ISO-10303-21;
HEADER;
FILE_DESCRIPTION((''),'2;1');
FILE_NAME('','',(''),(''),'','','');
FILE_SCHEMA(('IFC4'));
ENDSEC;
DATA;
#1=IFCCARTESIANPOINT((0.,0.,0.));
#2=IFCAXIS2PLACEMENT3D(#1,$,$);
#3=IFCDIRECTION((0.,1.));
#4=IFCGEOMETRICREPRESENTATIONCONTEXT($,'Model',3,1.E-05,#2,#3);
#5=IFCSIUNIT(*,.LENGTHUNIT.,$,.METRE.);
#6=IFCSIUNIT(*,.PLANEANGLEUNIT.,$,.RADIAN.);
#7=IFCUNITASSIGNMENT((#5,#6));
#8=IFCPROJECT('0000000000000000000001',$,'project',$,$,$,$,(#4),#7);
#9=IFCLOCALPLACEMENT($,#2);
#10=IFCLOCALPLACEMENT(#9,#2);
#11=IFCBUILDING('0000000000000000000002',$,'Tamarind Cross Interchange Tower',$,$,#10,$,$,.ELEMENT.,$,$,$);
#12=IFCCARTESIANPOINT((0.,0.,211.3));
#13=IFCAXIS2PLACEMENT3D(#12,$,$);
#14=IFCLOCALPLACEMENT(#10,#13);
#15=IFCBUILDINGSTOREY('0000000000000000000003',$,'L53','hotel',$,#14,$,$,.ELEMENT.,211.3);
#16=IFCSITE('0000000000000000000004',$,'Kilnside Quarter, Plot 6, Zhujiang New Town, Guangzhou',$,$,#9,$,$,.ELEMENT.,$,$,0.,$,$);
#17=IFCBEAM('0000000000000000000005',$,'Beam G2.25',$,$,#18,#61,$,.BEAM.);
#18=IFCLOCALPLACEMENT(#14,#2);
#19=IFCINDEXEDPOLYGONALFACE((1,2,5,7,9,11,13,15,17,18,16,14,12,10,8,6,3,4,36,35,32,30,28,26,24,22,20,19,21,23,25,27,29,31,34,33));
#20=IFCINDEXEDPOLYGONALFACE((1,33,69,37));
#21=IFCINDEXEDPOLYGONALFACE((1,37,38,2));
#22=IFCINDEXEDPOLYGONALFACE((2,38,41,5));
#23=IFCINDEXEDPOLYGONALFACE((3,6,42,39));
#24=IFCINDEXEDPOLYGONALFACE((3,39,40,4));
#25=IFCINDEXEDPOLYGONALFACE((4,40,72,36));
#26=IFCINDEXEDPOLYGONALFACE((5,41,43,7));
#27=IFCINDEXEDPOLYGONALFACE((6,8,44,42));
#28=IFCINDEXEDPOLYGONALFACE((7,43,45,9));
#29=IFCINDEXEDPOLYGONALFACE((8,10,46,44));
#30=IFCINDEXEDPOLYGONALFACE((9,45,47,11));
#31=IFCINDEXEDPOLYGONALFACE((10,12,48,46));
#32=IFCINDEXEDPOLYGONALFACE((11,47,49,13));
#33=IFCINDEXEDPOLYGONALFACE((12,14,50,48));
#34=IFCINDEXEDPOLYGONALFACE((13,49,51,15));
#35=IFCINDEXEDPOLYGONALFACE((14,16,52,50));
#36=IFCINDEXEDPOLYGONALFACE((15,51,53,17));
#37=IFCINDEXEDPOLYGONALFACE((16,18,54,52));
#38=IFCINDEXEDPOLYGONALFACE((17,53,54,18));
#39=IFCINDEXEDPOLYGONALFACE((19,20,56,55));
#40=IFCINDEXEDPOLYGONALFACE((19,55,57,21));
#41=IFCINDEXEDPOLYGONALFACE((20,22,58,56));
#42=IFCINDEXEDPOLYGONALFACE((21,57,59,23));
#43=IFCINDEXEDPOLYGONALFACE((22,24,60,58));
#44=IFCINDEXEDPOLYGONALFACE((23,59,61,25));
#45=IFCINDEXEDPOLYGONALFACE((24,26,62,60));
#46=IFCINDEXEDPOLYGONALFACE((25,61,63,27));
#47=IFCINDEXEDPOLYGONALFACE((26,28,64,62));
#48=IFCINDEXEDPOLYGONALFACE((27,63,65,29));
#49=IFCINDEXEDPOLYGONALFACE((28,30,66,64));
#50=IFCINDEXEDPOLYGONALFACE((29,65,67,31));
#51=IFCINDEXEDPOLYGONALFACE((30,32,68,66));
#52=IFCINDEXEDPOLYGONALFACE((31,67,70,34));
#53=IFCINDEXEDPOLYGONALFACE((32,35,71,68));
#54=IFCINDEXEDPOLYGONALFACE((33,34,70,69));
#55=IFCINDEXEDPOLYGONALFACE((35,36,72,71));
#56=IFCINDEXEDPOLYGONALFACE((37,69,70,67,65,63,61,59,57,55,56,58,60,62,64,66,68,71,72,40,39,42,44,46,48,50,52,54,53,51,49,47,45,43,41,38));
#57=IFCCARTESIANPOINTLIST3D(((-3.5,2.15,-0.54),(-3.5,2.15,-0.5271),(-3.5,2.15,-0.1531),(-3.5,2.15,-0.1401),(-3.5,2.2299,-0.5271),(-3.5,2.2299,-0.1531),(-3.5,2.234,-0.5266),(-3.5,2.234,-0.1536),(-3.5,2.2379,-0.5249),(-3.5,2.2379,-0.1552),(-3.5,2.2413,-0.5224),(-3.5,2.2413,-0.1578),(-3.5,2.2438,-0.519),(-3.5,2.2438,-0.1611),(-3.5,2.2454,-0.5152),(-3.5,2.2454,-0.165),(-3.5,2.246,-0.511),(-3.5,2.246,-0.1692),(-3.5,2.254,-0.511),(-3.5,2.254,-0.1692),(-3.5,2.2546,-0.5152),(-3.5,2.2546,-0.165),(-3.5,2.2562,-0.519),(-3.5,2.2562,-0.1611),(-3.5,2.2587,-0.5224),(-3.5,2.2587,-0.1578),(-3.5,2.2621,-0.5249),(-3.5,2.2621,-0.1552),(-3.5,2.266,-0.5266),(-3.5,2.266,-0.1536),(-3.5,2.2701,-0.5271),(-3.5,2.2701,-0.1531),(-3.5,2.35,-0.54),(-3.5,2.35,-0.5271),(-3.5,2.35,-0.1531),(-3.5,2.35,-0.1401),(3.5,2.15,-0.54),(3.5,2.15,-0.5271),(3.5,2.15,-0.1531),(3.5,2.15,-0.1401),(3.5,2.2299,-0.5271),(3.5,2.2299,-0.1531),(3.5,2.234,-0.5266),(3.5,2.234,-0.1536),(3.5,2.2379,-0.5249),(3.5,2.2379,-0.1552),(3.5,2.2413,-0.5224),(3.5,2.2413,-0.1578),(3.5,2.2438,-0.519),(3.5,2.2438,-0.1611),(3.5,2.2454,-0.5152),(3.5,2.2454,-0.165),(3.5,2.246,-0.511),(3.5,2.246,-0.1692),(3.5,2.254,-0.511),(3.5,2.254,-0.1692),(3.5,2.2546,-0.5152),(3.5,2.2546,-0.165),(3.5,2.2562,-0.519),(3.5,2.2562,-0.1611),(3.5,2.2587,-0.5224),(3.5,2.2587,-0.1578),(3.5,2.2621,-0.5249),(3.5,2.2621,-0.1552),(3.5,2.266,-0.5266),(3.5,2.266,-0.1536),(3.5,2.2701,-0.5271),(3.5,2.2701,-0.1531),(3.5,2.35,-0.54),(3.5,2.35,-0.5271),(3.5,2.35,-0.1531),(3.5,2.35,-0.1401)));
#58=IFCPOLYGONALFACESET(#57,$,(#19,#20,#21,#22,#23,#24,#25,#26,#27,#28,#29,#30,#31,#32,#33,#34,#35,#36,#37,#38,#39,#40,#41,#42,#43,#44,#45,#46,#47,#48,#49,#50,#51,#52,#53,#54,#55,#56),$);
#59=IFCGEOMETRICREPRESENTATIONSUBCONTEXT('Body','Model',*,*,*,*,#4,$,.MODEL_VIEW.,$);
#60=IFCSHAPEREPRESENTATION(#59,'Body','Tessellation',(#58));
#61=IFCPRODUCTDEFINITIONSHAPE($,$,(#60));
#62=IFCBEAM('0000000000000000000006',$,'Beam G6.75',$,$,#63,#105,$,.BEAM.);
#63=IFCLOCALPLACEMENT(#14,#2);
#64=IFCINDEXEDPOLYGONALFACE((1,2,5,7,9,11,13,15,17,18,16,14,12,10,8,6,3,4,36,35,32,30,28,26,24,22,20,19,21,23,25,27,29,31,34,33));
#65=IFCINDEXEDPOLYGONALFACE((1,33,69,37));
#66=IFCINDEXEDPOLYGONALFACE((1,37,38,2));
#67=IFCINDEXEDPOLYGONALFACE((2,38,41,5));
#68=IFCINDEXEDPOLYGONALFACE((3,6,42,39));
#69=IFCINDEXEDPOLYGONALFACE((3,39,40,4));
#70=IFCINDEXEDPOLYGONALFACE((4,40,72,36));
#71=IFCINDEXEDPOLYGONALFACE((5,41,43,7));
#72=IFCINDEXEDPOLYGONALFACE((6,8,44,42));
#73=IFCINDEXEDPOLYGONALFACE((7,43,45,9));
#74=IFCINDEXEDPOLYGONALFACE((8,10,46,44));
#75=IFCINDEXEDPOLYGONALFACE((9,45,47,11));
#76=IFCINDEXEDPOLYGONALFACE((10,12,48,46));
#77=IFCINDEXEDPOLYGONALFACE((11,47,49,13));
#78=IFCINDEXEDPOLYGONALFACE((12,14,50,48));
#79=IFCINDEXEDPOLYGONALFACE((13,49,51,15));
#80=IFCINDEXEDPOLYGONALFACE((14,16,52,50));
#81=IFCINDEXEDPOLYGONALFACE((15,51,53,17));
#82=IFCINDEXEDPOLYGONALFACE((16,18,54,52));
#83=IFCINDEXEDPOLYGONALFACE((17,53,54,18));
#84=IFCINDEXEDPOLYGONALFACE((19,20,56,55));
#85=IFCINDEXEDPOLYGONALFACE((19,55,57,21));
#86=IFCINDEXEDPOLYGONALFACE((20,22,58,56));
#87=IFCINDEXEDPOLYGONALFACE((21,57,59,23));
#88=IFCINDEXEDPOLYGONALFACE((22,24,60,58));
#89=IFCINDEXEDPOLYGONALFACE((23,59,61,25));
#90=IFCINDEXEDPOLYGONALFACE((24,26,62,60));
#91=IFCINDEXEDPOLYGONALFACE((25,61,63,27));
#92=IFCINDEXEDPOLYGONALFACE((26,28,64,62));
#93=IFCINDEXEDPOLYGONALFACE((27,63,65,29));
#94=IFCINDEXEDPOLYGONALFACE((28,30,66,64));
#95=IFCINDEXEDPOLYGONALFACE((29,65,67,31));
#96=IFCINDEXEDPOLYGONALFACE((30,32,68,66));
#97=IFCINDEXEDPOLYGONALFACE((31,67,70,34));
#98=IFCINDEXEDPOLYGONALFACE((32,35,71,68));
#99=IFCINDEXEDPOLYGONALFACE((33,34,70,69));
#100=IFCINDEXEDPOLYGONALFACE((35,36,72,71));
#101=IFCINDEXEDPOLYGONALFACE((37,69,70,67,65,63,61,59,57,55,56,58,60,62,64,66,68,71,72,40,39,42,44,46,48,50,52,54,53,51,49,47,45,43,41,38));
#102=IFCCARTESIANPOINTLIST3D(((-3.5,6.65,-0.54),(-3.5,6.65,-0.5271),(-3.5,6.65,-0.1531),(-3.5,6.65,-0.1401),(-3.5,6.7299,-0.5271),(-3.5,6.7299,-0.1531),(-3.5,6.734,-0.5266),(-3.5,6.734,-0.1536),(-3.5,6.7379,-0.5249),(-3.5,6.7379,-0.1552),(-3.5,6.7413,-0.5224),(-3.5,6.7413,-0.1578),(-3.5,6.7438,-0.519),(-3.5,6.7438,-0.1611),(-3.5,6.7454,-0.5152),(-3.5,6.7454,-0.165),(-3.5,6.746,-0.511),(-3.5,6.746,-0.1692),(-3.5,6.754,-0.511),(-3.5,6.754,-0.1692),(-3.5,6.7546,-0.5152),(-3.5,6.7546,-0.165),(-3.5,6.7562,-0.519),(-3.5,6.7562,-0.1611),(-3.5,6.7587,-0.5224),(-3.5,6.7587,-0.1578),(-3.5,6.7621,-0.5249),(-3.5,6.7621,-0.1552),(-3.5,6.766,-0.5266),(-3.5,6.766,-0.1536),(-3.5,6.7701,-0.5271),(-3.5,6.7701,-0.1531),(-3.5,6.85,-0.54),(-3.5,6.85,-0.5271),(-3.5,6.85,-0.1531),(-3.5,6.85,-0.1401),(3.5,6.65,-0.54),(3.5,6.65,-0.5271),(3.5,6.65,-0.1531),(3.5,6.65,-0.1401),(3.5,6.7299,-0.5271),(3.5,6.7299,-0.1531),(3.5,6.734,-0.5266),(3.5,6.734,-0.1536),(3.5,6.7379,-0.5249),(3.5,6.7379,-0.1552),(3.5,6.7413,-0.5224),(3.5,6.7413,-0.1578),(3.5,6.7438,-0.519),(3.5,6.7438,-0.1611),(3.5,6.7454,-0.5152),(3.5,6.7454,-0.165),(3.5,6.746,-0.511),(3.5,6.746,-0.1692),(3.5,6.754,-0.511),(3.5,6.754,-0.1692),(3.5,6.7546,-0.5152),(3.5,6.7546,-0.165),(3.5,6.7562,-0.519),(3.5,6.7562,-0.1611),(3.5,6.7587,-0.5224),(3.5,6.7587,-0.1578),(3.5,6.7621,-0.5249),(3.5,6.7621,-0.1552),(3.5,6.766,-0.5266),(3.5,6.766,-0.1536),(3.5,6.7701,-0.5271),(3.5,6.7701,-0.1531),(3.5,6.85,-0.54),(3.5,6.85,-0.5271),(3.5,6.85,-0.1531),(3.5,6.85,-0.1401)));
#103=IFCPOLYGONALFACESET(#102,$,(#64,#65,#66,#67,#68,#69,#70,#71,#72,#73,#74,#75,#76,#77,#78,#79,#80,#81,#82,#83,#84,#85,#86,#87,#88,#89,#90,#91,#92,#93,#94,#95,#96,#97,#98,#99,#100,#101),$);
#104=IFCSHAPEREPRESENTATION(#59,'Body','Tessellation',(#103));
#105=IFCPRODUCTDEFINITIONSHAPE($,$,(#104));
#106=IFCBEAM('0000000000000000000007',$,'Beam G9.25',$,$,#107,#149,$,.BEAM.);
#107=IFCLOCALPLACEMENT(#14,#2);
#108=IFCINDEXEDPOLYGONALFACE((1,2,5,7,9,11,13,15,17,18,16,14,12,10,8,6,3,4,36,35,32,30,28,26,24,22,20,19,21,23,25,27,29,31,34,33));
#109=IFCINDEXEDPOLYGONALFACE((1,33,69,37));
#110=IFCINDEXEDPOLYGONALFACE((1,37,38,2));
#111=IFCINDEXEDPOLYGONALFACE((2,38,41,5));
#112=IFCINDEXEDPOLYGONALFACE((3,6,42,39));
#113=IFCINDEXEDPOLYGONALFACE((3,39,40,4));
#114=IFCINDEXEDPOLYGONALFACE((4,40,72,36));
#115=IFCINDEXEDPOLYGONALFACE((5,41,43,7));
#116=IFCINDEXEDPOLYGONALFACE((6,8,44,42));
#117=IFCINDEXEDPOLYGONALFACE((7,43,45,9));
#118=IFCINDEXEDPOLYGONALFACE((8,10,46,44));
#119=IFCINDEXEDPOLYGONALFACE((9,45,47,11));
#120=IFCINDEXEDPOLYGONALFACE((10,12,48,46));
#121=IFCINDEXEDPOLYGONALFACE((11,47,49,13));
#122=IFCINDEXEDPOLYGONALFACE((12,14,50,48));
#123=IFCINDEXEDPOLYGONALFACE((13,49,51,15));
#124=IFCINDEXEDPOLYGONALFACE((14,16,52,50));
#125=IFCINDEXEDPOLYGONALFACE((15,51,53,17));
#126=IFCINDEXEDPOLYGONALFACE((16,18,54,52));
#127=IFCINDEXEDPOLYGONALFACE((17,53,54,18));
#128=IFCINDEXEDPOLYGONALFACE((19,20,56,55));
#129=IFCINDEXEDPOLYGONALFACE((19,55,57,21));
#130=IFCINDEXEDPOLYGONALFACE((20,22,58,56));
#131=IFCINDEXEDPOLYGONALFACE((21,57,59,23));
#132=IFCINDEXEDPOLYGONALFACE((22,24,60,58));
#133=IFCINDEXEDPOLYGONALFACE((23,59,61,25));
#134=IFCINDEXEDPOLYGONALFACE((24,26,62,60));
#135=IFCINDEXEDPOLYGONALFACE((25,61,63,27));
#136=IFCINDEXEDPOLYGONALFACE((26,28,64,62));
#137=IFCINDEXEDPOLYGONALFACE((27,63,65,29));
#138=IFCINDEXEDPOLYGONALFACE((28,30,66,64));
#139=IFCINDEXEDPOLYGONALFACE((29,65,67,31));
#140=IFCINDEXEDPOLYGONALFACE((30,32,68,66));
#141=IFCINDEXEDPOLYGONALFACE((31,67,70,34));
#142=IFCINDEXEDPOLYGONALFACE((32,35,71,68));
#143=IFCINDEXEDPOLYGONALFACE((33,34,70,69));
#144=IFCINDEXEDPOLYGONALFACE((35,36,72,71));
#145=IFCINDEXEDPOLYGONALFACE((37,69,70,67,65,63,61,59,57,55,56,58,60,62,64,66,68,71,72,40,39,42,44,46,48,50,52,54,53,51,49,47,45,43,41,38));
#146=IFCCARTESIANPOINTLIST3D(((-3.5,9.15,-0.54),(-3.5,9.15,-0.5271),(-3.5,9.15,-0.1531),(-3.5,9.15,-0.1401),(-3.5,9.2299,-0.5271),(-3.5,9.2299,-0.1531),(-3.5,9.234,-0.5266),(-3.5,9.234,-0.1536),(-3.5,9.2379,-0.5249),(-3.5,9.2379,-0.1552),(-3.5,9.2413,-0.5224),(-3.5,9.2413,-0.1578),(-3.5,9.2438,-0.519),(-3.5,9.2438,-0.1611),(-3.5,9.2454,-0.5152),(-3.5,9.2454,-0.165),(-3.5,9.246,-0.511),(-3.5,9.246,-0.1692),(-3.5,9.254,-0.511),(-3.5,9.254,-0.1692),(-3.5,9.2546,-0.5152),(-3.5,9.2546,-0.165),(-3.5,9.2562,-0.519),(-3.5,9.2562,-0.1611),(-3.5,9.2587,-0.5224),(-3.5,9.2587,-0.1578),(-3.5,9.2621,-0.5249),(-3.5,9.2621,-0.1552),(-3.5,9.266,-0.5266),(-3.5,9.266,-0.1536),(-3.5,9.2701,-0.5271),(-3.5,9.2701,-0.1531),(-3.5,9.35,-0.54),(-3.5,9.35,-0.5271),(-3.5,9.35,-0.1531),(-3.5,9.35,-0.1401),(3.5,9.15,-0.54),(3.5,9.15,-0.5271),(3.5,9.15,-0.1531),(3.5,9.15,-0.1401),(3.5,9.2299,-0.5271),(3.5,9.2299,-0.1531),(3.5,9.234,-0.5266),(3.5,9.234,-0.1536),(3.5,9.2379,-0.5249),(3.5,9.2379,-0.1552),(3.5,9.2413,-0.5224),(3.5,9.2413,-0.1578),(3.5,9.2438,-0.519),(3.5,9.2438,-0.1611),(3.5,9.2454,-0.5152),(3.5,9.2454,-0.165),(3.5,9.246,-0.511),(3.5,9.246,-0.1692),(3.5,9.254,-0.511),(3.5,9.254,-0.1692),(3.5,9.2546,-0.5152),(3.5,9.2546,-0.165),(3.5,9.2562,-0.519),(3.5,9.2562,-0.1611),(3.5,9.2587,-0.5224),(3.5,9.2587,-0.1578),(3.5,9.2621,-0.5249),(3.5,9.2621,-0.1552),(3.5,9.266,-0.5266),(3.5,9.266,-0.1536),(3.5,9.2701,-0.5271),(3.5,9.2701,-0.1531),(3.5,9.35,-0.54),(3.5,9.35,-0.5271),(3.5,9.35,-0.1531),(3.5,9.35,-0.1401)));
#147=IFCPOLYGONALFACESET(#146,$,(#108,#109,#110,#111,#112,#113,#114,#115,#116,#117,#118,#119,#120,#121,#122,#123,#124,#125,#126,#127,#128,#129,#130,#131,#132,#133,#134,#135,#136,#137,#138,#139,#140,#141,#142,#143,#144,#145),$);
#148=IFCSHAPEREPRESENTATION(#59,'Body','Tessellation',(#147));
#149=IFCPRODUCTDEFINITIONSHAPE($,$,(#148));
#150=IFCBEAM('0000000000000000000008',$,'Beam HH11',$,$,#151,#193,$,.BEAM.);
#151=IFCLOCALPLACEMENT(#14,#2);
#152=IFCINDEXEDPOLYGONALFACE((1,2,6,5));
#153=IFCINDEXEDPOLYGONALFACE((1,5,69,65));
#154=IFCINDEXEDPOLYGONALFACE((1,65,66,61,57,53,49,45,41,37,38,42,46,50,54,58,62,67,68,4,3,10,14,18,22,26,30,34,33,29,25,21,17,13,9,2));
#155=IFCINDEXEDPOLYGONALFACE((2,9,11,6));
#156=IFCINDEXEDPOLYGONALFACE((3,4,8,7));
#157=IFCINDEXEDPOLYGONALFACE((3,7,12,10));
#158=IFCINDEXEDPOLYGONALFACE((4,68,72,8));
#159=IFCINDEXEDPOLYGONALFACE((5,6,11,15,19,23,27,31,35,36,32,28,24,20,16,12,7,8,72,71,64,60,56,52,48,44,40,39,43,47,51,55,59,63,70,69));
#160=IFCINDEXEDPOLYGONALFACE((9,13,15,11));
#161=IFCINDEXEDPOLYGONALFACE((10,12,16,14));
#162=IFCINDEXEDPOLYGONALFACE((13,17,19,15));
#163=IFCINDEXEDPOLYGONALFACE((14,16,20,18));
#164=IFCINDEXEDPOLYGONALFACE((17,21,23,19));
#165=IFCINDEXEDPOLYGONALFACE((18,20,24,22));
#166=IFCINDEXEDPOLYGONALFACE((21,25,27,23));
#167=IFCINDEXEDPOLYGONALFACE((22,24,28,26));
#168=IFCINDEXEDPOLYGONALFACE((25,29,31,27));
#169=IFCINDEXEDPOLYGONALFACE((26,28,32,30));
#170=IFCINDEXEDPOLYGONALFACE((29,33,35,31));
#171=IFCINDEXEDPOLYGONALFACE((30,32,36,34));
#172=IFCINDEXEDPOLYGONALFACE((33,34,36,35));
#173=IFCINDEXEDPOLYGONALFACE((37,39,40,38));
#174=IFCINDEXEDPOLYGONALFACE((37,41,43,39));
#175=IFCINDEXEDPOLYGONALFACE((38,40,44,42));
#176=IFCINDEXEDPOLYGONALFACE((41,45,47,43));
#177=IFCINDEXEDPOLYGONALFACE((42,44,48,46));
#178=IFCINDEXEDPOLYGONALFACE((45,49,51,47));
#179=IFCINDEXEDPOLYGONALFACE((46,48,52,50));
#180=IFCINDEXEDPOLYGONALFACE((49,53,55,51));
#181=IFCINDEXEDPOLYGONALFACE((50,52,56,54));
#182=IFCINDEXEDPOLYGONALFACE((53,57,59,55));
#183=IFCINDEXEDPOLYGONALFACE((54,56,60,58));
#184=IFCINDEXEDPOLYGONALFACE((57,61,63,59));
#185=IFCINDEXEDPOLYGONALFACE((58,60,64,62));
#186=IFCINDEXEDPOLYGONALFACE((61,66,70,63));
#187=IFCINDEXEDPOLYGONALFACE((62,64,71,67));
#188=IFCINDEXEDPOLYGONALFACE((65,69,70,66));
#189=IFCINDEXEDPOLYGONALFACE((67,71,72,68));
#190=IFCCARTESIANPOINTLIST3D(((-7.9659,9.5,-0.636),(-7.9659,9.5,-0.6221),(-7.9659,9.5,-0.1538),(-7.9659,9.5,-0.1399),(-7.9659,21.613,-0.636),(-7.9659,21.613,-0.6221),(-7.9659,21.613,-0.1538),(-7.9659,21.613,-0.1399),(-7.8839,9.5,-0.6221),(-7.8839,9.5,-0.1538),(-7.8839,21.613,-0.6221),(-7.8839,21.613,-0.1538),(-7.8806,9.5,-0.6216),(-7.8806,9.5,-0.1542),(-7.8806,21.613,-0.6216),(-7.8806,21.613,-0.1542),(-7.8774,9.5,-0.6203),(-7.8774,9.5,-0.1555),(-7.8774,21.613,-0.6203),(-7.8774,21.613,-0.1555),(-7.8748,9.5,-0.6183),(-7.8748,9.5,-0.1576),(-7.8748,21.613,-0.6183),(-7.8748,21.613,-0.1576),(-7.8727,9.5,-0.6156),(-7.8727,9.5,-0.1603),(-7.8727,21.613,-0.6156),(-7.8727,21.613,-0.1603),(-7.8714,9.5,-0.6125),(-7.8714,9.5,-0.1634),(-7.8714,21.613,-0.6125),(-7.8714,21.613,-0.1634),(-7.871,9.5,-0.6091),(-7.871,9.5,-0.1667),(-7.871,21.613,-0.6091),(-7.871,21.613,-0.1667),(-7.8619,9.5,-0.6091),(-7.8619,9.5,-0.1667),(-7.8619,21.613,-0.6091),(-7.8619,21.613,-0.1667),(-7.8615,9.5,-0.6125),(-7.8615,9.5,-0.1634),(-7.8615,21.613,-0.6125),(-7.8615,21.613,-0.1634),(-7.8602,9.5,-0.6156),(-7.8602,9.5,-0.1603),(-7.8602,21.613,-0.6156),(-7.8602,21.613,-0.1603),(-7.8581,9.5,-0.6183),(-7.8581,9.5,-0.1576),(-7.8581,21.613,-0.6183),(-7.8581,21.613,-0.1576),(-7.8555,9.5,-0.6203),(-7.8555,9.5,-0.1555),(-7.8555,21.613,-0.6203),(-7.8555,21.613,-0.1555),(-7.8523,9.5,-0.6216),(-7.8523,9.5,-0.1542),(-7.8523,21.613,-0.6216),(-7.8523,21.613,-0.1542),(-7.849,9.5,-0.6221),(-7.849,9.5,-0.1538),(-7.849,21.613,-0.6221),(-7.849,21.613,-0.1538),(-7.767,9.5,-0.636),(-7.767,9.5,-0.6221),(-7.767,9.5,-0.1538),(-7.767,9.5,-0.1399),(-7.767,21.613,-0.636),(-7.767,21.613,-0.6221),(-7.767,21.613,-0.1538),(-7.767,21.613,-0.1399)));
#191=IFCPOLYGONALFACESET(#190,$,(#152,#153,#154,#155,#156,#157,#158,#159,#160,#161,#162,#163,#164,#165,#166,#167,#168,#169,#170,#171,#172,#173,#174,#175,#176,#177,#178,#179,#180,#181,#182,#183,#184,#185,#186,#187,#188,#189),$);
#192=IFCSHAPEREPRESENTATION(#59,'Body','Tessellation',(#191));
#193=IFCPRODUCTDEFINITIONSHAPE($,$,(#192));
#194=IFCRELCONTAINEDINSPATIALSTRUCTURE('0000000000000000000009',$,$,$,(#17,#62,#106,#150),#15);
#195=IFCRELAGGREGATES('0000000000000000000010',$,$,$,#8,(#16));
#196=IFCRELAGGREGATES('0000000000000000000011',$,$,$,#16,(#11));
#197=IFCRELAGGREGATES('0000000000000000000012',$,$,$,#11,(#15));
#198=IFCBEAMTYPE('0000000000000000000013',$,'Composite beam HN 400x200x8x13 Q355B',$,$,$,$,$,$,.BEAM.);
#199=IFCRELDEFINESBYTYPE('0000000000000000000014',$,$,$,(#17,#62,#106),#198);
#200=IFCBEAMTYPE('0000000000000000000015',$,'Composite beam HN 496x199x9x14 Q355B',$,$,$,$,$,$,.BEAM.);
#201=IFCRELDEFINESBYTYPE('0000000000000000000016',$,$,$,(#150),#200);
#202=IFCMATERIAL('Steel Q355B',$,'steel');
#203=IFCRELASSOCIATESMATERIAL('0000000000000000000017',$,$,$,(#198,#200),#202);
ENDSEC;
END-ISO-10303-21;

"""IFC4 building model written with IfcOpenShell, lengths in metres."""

from ifc_helpers import new_model, si_unit, direction, frame, origin, origin_2d, place, context, subcontext, project, spatial, i_section, extrude, material, material_profile, profile_set, type_object, element, save


model = new_model("IFC4")

# Units and contexts
model_context = context("Model", 3, precision=1e-05, world=origin(), true_north=direction((0.0, 1.0)))
body_context = subcontext(model_context, "Body", "Model", "MODEL_VIEW")
ifc_project = project(units=[si_unit("LENGTHUNIT", "METRE"), si_unit("PLANEANGLEUNIT", "RADIAN")], contexts=[model_context])

# Site, building, storey
site_placement = place(None, origin())
site = spatial("IfcSite", under=ifc_project, at=site_placement, Name="Kilnside Quarter, Plot 6, Zhujiang New Town, Guangzhou", CompositionType="ELEMENT", RefElevation=0.0)
building_placement = place(site_placement, origin())
building = spatial("IfcBuilding", under=site, at=building_placement, Name="Tamarind Cross Interchange Tower", CompositionType="ELEMENT")
storey_placement = place(building_placement, frame((0.0, 0.0, 211.3)))
storey = spatial("IfcBuildingStorey", under=building, at=storey_placement, Name="L53", Description="hotel", CompositionType="ELEMENT", Elevation=211.3)

# Beams
ifc_material_1 = material(Name="Steel Q355B", Category="steel")
ifc_material_profile_1 = material_profile(ifc_material_1, i_section(OverallWidth=0.2, OverallDepth=0.3999, WebThickness=0.0081, FlangeThickness=0.0129, FilletRadius=0.0161, at=origin_2d()), Name="HN 400x200x8x13")
ifc_profile_set_1 = profile_set([ifc_material_profile_1], Name="Steel Q355B")
beam_type_1 = type_object("IfcBeamType", Name="Composite beam HN 400x200x8x13 Q355B", PredefinedType="BEAM", material=ifc_profile_set_1)
for number, where, z_axis, x_axis, name in (
    (1, (-3.5, 2.25, -0.3401), (1.0, 0.0, 0.0), (0.0, 1.0, 0.0), "Beam G2.25"),
    (2, (-3.5, 6.75, -0.3401), (1.0, 0.0, 0.0), (0.0, 1.0, 0.0), "Beam G6.75"),
    (3, (-3.5, 9.25, -0.3401), (1.0, 0.0, 0.0), (0.0, 1.0, 0.0), "Beam G9.25"),
):
    element("IfcBeam", number, at=place(storey_placement, frame(where, z_axis=z_axis, x_axis=x_axis)), inside=storey, type_object=beam_type_1, Name=name, PredefinedType="BEAM", context=body_context, shape_type="SweptSolid", body=[
        extrude(i_section(OverallWidth=0.2, OverallDepth=0.3999, WebThickness=0.0081, FlangeThickness=0.0129, FilletRadius=0.0161, at=origin_2d()), origin(), (0.0, 0.0, 1.0), 7.0),
    ])
ifc_material_profile_2 = material_profile(ifc_material_1, i_section(OverallWidth=0.199, OverallDepth=0.4961, WebThickness=0.009, FlangeThickness=0.0139, FilletRadius=0.0129, at=origin_2d()), Name="HN 496x199x9x14")
ifc_profile_set_2 = profile_set([ifc_material_profile_2], Name="Steel Q355B")
beam_type_2 = type_object("IfcBeamType", Name="Composite beam HN 496x199x9x14 Q355B", PredefinedType="BEAM", material=ifc_profile_set_2)
beam_placement = place(storey_placement, frame((-7.8665, 21.613, -0.3879), z_axis=(0.0, -1.0, 0.0), x_axis=(1.0, 0.0, 0.0)))
element("IfcBeam", 4, at=beam_placement, inside=storey, type_object=beam_type_2, Name="Beam HH11", PredefinedType="BEAM", context=body_context, shape_type="SweptSolid", body=[
    extrude(i_section(OverallWidth=0.199, OverallDepth=0.4961, WebThickness=0.009, FlangeThickness=0.0139, FilletRadius=0.0129, at=origin_2d()), origin(), (0.0, 0.0, 1.0), 12.113),
])

save(model, "model.ifc")
